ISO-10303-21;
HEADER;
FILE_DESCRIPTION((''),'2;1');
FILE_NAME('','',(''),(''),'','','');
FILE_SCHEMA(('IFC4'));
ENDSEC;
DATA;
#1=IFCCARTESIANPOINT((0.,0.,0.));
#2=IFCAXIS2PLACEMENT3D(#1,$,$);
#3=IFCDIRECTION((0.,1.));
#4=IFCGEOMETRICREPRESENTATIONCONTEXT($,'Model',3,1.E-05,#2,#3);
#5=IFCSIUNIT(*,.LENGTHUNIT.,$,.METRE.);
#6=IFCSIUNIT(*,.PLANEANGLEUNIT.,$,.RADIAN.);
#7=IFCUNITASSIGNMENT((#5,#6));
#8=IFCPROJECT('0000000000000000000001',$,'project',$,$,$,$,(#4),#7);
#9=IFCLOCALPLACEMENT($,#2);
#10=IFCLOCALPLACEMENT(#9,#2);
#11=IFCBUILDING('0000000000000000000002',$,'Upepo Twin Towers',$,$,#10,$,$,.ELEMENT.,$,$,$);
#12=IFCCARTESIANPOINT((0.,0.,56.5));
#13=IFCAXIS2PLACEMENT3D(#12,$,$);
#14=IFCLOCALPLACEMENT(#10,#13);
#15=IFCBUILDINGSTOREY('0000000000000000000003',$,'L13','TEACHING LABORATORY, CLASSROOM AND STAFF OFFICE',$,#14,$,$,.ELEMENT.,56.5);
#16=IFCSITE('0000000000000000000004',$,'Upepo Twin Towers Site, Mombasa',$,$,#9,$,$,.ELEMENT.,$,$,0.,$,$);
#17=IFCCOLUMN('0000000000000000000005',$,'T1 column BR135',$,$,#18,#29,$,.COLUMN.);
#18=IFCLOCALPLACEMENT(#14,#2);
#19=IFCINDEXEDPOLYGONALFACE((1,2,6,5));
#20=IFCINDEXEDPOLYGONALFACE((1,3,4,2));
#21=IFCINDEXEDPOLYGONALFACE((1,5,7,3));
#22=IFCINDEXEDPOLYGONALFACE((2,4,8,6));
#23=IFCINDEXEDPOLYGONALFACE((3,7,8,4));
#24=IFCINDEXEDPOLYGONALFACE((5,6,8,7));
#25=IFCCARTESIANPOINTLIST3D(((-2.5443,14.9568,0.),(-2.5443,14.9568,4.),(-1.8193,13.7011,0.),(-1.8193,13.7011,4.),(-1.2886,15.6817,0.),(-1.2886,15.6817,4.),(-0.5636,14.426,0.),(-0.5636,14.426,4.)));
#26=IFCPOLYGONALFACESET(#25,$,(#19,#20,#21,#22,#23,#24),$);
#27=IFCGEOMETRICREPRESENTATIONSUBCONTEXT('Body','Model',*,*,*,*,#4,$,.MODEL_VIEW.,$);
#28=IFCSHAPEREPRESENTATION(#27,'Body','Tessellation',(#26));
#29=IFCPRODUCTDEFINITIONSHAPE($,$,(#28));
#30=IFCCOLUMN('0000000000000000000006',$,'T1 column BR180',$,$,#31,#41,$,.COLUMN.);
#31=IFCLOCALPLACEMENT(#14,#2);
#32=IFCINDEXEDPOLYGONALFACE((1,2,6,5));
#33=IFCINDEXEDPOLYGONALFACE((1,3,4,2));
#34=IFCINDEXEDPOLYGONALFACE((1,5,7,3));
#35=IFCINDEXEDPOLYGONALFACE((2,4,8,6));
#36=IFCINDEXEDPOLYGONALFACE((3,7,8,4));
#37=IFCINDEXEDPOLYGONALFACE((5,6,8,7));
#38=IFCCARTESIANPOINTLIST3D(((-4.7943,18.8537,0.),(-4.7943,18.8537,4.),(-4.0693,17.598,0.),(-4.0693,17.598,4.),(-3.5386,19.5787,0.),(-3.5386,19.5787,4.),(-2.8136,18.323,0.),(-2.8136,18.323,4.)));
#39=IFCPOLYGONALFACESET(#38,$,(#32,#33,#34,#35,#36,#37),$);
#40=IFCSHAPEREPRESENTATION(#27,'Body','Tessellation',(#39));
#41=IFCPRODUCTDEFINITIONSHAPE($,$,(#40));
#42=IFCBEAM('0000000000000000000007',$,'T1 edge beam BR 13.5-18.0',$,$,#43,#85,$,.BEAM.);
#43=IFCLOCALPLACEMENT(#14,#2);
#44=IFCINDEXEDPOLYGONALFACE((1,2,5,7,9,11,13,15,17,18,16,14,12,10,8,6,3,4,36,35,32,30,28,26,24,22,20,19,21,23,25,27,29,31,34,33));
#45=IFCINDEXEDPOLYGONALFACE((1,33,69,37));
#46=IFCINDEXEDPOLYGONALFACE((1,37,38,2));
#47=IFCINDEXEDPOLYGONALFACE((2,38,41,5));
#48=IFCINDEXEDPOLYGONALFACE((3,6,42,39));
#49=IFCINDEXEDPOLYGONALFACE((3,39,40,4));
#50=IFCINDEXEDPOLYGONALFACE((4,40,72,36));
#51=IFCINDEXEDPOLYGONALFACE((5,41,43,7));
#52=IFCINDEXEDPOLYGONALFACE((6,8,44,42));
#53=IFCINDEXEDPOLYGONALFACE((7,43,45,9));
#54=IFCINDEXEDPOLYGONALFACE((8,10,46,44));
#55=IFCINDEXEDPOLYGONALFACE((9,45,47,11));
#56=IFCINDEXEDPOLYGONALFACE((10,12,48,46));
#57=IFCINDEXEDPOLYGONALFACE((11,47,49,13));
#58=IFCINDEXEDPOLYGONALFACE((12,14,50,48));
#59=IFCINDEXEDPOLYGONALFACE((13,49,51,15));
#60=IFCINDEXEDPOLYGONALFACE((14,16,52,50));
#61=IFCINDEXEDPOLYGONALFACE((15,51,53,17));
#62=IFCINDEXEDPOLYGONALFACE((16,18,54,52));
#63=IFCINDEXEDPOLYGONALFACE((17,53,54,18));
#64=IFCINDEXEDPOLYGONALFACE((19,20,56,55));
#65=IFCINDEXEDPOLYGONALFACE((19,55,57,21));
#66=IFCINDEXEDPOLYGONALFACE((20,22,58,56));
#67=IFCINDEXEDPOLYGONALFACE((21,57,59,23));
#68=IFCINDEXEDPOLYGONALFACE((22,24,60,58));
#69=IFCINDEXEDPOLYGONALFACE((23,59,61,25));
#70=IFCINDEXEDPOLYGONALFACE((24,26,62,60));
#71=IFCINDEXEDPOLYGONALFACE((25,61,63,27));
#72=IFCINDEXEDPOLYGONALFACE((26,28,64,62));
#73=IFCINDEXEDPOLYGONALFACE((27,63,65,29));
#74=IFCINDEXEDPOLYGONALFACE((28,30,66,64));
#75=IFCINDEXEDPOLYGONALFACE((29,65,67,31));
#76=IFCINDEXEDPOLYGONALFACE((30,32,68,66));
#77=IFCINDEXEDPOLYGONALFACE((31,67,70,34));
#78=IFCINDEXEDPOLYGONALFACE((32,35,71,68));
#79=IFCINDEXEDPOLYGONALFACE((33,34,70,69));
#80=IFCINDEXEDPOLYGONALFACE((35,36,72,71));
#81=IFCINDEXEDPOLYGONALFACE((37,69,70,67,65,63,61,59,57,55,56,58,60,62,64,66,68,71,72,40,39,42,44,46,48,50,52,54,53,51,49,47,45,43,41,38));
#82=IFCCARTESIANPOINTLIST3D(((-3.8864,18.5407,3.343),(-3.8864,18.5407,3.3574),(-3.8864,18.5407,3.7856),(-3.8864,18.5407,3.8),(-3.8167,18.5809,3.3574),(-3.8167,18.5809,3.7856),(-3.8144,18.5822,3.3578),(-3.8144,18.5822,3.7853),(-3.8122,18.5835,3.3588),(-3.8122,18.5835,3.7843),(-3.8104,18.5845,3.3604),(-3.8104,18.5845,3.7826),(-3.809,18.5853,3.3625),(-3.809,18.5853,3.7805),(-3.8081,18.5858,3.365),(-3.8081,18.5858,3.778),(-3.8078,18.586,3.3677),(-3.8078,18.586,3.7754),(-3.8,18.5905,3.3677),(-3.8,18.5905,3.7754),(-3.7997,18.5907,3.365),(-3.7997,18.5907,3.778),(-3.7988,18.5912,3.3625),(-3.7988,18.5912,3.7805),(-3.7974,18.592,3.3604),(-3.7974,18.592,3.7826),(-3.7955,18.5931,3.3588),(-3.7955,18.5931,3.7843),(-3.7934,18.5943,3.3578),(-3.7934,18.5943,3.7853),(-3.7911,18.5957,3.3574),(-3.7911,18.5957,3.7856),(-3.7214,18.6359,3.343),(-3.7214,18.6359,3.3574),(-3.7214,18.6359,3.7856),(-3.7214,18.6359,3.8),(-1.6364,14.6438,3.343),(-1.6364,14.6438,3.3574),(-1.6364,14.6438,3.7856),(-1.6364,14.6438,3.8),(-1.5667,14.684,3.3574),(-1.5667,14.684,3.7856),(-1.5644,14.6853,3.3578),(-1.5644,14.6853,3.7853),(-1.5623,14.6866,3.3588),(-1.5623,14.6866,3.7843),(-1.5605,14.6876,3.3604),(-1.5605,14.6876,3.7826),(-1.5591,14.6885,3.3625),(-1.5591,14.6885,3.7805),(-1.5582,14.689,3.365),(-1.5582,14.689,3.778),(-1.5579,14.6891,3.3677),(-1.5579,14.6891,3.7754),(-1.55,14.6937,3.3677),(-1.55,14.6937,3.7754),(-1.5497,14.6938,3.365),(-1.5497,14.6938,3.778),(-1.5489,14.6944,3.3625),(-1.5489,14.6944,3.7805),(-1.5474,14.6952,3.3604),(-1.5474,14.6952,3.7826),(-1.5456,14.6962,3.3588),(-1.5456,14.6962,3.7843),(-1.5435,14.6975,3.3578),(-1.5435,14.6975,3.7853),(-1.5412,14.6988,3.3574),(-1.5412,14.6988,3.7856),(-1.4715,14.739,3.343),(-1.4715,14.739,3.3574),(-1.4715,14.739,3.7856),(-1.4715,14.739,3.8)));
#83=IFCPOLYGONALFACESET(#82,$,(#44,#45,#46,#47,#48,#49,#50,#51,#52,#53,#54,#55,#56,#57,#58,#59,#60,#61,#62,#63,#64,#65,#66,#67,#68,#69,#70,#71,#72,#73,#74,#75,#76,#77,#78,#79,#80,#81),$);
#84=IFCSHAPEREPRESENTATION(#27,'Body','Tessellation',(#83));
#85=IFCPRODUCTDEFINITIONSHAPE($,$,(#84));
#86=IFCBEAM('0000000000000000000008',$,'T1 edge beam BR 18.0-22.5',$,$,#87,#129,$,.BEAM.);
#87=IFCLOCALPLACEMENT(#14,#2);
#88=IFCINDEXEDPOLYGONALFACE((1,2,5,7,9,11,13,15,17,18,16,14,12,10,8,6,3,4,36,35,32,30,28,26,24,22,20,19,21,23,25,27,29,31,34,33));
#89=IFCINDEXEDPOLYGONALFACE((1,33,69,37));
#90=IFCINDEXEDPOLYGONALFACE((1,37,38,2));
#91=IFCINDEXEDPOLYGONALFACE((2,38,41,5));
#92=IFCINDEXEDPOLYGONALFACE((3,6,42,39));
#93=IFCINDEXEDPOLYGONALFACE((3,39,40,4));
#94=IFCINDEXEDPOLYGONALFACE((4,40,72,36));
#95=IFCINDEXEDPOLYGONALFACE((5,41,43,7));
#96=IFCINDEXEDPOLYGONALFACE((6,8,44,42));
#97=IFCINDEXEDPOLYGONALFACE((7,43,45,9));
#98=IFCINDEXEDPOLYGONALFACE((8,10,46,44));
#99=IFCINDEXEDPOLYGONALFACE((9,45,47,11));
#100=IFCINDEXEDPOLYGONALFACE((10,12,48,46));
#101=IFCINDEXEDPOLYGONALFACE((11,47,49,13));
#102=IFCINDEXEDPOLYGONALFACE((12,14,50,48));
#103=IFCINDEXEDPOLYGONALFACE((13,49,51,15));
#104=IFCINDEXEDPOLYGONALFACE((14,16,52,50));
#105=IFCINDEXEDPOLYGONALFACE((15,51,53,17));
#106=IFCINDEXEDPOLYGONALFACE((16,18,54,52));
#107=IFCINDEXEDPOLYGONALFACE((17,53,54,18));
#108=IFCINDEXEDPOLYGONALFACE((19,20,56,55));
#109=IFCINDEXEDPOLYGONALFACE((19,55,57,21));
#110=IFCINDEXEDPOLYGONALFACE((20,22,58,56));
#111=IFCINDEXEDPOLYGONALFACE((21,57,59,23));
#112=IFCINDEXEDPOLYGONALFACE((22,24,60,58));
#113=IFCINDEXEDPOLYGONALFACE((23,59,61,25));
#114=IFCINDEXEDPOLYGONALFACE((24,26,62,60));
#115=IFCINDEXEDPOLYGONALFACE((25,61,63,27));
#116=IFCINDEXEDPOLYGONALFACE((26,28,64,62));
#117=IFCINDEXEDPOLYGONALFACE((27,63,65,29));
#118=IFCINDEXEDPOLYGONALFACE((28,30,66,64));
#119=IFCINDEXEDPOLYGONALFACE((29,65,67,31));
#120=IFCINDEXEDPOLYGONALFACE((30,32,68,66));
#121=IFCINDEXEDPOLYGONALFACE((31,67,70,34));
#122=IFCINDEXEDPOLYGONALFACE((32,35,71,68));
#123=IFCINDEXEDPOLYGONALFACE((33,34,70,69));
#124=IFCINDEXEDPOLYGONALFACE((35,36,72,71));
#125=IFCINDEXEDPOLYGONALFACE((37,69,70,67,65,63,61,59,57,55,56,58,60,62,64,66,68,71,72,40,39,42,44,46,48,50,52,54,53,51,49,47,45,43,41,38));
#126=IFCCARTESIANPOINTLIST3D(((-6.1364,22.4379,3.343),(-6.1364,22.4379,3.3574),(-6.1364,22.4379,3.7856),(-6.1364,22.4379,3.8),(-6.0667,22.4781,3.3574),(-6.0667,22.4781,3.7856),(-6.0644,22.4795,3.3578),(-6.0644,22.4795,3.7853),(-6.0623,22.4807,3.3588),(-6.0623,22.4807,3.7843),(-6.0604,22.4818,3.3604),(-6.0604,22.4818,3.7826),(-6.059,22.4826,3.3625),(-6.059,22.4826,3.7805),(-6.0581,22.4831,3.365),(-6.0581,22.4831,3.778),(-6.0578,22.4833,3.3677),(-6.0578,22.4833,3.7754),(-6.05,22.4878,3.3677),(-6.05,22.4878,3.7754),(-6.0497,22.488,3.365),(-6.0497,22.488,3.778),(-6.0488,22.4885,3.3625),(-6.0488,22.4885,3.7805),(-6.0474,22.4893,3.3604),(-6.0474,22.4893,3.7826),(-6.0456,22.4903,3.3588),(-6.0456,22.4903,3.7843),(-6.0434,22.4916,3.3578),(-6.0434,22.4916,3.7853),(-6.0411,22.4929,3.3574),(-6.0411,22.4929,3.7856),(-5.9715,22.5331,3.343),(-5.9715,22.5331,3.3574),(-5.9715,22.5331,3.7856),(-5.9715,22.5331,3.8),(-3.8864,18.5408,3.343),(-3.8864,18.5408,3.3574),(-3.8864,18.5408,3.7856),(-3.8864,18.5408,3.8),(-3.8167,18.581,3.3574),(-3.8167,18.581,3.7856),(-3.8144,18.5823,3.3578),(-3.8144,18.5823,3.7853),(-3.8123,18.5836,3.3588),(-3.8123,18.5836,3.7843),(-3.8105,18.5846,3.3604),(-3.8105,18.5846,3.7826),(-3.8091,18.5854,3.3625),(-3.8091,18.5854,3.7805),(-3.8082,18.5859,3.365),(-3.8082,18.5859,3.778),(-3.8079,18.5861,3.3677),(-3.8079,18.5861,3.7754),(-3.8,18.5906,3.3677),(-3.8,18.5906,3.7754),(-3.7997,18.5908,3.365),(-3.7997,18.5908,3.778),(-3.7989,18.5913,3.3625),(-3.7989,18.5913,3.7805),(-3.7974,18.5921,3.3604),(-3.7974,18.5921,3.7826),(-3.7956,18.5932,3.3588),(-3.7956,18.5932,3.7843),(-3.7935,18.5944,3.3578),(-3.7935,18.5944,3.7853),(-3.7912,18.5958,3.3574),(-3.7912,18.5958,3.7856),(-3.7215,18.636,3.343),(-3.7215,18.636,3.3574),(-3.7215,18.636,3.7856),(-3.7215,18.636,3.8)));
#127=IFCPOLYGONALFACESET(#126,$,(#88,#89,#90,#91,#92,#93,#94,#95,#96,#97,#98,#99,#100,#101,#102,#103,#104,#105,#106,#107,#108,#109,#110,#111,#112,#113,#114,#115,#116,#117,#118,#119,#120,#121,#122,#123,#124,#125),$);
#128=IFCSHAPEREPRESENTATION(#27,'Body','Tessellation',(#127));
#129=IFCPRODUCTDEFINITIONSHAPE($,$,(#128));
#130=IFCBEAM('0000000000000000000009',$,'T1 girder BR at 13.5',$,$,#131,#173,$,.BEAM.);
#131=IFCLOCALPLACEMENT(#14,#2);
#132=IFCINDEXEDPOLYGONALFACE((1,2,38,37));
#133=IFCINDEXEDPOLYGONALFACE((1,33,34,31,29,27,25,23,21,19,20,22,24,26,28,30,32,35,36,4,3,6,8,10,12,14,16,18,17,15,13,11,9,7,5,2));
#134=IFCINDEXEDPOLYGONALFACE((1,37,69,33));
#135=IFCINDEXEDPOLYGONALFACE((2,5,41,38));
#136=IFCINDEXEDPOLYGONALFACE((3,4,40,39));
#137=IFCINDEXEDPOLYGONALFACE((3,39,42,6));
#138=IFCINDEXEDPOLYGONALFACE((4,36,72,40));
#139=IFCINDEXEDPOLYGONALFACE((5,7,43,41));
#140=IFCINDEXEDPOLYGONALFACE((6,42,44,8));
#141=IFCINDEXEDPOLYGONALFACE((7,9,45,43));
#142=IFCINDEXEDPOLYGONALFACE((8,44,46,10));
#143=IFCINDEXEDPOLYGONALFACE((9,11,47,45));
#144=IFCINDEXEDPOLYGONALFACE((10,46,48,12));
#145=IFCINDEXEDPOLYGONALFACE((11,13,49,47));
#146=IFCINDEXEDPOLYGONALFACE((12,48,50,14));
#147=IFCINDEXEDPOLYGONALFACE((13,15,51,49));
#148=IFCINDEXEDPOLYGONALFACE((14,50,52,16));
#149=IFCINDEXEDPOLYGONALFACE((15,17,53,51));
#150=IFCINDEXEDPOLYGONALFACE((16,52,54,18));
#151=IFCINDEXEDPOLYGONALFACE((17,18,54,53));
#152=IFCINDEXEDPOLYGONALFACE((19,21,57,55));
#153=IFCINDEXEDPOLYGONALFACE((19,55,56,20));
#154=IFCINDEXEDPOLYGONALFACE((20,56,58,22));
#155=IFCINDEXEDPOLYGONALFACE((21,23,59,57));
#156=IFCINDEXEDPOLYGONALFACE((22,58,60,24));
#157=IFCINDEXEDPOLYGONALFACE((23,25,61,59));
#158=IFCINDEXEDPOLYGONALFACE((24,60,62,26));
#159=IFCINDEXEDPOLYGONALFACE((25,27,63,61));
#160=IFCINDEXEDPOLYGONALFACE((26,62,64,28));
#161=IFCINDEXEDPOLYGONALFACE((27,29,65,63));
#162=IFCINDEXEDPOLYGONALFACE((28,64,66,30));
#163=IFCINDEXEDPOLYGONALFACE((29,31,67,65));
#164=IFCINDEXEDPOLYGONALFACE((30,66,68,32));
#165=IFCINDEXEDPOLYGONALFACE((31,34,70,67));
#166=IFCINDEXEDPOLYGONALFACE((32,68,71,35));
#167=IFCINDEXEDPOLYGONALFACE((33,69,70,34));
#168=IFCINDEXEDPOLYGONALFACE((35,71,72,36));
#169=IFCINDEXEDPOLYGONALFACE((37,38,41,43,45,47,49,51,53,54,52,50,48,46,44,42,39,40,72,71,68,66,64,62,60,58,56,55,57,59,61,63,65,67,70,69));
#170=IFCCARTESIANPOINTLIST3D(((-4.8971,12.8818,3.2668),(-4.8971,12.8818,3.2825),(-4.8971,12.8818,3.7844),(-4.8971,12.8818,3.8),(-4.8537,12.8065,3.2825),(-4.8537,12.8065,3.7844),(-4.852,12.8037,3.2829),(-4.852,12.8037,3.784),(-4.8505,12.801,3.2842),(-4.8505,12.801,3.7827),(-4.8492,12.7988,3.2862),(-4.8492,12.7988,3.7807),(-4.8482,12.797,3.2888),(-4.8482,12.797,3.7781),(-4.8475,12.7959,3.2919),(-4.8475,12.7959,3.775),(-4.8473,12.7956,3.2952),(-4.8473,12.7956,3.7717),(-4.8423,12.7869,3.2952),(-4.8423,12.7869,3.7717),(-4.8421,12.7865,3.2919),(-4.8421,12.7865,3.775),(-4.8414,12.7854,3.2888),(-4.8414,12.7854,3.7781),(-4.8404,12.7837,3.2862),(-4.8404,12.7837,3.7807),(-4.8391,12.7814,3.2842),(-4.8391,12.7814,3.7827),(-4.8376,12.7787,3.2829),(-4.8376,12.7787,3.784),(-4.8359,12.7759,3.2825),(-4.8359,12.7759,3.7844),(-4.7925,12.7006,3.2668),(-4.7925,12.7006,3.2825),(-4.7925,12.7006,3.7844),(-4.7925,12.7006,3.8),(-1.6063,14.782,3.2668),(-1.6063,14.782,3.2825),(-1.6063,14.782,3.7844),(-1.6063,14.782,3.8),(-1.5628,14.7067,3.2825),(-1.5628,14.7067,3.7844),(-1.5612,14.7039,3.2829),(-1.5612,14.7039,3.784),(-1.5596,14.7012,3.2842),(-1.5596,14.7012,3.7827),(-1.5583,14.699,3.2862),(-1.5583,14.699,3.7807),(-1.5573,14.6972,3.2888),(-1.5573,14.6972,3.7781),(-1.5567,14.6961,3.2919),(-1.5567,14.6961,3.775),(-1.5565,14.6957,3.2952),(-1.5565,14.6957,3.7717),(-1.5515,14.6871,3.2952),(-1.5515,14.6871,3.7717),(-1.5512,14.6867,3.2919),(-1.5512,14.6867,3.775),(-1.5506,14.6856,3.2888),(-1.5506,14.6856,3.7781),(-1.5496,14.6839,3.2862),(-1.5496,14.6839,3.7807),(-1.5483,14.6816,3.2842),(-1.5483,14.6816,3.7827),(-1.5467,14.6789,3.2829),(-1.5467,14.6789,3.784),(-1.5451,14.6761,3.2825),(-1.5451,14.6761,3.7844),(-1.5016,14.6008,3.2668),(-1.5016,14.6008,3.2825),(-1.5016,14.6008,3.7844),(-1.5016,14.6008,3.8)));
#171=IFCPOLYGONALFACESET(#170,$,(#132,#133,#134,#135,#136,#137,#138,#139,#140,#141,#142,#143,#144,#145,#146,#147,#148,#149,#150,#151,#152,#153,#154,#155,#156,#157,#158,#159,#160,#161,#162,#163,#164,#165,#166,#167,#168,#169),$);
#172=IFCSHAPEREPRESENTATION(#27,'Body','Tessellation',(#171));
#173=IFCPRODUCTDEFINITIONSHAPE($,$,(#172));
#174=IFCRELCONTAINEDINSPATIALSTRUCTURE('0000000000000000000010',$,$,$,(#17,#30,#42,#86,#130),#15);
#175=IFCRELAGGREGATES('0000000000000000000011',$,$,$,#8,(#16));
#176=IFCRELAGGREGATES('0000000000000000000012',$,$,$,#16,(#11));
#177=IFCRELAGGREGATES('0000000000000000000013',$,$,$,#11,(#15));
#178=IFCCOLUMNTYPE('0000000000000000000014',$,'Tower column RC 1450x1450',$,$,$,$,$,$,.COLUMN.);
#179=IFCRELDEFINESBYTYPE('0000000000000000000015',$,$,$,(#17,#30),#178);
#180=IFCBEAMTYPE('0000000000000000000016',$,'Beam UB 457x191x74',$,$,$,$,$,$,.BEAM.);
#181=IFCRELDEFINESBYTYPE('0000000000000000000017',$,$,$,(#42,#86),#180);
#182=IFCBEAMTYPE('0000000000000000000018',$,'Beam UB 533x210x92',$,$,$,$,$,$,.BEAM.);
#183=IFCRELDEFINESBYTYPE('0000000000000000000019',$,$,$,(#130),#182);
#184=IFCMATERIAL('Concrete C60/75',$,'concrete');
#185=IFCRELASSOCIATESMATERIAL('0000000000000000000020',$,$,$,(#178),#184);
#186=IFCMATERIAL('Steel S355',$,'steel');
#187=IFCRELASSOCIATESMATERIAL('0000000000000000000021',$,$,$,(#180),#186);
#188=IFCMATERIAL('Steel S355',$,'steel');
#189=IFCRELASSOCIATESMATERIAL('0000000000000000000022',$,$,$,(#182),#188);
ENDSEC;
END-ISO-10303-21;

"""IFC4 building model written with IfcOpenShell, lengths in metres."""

from ifc_helpers import new_model, si_unit, direction, frame, origin, origin_2d, place, context, subcontext, project, spatial, rectangle, i_section, extrude, material, material_profile, profile_set, type_object, element, save


model = new_model("IFC4")

# Units and contexts
model_context = context("Model", 3, precision=1e-05, world=origin(), true_north=direction((0.0, 1.0)))
body_context = subcontext(model_context, "Body", "Model", "MODEL_VIEW")
ifc_project = project(units=[si_unit("LENGTHUNIT", "METRE"), si_unit("PLANEANGLEUNIT", "RADIAN")], contexts=[model_context])

# Site, building, storey
site_placement = place(None, origin())
site = spatial("IfcSite", under=ifc_project, at=site_placement, Name="Upepo Twin Towers Site, Mombasa", CompositionType="ELEMENT", RefElevation=0.0)
building_placement = place(site_placement, origin())
building = spatial("IfcBuilding", under=site, at=building_placement, Name="Upepo Twin Towers", CompositionType="ELEMENT")
storey_placement = place(building_placement, frame((0.0, 0.0, 56.5)))
storey = spatial("IfcBuildingStorey", under=building, at=storey_placement, Name="L13", Description="TEACHING LABORATORY, CLASSROOM AND STAFF OFFICE", CompositionType="ELEMENT", Elevation=56.5)

# Columns
ifc_material_1 = material(Name="Concrete C60/75", Category="concrete")
ifc_material_profile_1 = material_profile(ifc_material_1, rectangle(XDim=1.45, YDim=1.45, at=origin_2d()), Name="RC 1450x1450")
ifc_profile_set_1 = profile_set([ifc_material_profile_1], Name="Concrete C60/75")
column_type = type_object("IfcColumnType", Name="Tower column RC 1450x1450", PredefinedType="COLUMN", material=ifc_profile_set_1)
for number, where, z_axis, x_axis, name in (
    (1, (-1.554, 14.6914, 0.0), (0.0, 0.0, 1.0), (0.866025, 0.5, 0.0), "T1 column BR135"),
    (2, (-3.804, 18.5884, 0.0), (0.0, 0.0, 1.0), (0.866025, 0.5, 0.0), "T1 column BR180"),
):
    element("IfcColumn", number, at=place(storey_placement, frame(where, z_axis=z_axis, x_axis=x_axis)), inside=storey, type_object=column_type, Name=name, PredefinedType="COLUMN", context=body_context, shape_type="SweptSolid", body=[
        extrude(rectangle(XDim=1.45, YDim=1.45, at=origin_2d()), origin(), (0.0, 0.0, 1.0), 4.0),
    ])

# Beams
ifc_material_2 = material(Name="Steel S355", Category="steel")
ifc_material_profile_2 = material_profile(ifc_material_2, i_section(OverallWidth=0.1904, OverallDepth=0.457, WebThickness=0.009, FlangeThickness=0.0144, FilletRadius=0.0103, at=origin_2d()), Name="UB 457x191x74")
ifc_profile_set_2 = profile_set([ifc_material_profile_2], Name="Steel S355")
beam_type_1 = type_object("IfcBeamType", Name="Beam UB 457x191x74", PredefinedType="BEAM", material=ifc_profile_set_2)
beam_1_placement = place(storey_placement, frame((-1.554, 14.6914, 3.5715), z_axis=(-0.500014, 0.866018, 0.0), x_axis=(-0.866018, -0.500014, 0.0)))
element("IfcBeam", 3, at=beam_1_placement, inside=storey, type_object=beam_type_1, Name="T1 edge beam BR 13.5-18.0", PredefinedType="BEAM", context=body_context, shape_type="SweptSolid", body=[
    extrude(i_section(OverallWidth=0.1904, OverallDepth=0.457, WebThickness=0.009, FlangeThickness=0.0144, FilletRadius=0.0103, at=origin_2d()), origin(), (0.0, 0.0, 1.0), 4.4998),
])
beam_2_placement = place(storey_placement, frame((-3.804, 18.5884, 3.5715), z_axis=(-0.49999, 0.866031, 0.0), x_axis=(-0.866031, -0.49999, 0.0)))
element("IfcBeam", 4, at=beam_2_placement, inside=storey, type_object=beam_type_1, Name="T1 edge beam BR 18.0-22.5", PredefinedType="BEAM", context=body_context, shape_type="SweptSolid", body=[
    extrude(i_section(OverallWidth=0.1904, OverallDepth=0.457, WebThickness=0.009, FlangeThickness=0.0144, FilletRadius=0.0103, at=origin_2d()), origin(), (0.0, 0.0, 1.0), 4.5),
])
ifc_material_3 = material(Name="Steel S355", Category="steel")
ifc_material_profile_3 = material_profile(ifc_material_3, i_section(OverallWidth=0.2092, OverallDepth=0.5332, WebThickness=0.01, FlangeThickness=0.0156, FilletRadius=0.0127, at=origin_2d()), Name="UB 533x210x92")
ifc_profile_set_3 = profile_set([ifc_material_profile_3], Name="Steel S355")
beam_type_2 = type_object("IfcBeamType", Name="Beam UB 533x210x92", PredefinedType="BEAM", material=ifc_profile_set_3)
beam_3_placement = place(storey_placement, frame((-1.554, 14.6914, 3.5334), z_axis=(-0.866, -0.500043, 0.0), x_axis=(0.500043, -0.866, 0.0)))
element("IfcBeam", 5, at=beam_3_placement, inside=storey, type_object=beam_type_2, Name="T1 girder BR at 13.5", PredefinedType="BEAM", context=body_context, shape_type="SweptSolid", body=[
    extrude(i_section(OverallWidth=0.2092, OverallDepth=0.5332, WebThickness=0.01, FlangeThickness=0.0156, FilletRadius=0.0127, at=origin_2d()), origin(), (0.0, 0.0, 1.0), 3.8),
])

save(model, "model.ifc")
